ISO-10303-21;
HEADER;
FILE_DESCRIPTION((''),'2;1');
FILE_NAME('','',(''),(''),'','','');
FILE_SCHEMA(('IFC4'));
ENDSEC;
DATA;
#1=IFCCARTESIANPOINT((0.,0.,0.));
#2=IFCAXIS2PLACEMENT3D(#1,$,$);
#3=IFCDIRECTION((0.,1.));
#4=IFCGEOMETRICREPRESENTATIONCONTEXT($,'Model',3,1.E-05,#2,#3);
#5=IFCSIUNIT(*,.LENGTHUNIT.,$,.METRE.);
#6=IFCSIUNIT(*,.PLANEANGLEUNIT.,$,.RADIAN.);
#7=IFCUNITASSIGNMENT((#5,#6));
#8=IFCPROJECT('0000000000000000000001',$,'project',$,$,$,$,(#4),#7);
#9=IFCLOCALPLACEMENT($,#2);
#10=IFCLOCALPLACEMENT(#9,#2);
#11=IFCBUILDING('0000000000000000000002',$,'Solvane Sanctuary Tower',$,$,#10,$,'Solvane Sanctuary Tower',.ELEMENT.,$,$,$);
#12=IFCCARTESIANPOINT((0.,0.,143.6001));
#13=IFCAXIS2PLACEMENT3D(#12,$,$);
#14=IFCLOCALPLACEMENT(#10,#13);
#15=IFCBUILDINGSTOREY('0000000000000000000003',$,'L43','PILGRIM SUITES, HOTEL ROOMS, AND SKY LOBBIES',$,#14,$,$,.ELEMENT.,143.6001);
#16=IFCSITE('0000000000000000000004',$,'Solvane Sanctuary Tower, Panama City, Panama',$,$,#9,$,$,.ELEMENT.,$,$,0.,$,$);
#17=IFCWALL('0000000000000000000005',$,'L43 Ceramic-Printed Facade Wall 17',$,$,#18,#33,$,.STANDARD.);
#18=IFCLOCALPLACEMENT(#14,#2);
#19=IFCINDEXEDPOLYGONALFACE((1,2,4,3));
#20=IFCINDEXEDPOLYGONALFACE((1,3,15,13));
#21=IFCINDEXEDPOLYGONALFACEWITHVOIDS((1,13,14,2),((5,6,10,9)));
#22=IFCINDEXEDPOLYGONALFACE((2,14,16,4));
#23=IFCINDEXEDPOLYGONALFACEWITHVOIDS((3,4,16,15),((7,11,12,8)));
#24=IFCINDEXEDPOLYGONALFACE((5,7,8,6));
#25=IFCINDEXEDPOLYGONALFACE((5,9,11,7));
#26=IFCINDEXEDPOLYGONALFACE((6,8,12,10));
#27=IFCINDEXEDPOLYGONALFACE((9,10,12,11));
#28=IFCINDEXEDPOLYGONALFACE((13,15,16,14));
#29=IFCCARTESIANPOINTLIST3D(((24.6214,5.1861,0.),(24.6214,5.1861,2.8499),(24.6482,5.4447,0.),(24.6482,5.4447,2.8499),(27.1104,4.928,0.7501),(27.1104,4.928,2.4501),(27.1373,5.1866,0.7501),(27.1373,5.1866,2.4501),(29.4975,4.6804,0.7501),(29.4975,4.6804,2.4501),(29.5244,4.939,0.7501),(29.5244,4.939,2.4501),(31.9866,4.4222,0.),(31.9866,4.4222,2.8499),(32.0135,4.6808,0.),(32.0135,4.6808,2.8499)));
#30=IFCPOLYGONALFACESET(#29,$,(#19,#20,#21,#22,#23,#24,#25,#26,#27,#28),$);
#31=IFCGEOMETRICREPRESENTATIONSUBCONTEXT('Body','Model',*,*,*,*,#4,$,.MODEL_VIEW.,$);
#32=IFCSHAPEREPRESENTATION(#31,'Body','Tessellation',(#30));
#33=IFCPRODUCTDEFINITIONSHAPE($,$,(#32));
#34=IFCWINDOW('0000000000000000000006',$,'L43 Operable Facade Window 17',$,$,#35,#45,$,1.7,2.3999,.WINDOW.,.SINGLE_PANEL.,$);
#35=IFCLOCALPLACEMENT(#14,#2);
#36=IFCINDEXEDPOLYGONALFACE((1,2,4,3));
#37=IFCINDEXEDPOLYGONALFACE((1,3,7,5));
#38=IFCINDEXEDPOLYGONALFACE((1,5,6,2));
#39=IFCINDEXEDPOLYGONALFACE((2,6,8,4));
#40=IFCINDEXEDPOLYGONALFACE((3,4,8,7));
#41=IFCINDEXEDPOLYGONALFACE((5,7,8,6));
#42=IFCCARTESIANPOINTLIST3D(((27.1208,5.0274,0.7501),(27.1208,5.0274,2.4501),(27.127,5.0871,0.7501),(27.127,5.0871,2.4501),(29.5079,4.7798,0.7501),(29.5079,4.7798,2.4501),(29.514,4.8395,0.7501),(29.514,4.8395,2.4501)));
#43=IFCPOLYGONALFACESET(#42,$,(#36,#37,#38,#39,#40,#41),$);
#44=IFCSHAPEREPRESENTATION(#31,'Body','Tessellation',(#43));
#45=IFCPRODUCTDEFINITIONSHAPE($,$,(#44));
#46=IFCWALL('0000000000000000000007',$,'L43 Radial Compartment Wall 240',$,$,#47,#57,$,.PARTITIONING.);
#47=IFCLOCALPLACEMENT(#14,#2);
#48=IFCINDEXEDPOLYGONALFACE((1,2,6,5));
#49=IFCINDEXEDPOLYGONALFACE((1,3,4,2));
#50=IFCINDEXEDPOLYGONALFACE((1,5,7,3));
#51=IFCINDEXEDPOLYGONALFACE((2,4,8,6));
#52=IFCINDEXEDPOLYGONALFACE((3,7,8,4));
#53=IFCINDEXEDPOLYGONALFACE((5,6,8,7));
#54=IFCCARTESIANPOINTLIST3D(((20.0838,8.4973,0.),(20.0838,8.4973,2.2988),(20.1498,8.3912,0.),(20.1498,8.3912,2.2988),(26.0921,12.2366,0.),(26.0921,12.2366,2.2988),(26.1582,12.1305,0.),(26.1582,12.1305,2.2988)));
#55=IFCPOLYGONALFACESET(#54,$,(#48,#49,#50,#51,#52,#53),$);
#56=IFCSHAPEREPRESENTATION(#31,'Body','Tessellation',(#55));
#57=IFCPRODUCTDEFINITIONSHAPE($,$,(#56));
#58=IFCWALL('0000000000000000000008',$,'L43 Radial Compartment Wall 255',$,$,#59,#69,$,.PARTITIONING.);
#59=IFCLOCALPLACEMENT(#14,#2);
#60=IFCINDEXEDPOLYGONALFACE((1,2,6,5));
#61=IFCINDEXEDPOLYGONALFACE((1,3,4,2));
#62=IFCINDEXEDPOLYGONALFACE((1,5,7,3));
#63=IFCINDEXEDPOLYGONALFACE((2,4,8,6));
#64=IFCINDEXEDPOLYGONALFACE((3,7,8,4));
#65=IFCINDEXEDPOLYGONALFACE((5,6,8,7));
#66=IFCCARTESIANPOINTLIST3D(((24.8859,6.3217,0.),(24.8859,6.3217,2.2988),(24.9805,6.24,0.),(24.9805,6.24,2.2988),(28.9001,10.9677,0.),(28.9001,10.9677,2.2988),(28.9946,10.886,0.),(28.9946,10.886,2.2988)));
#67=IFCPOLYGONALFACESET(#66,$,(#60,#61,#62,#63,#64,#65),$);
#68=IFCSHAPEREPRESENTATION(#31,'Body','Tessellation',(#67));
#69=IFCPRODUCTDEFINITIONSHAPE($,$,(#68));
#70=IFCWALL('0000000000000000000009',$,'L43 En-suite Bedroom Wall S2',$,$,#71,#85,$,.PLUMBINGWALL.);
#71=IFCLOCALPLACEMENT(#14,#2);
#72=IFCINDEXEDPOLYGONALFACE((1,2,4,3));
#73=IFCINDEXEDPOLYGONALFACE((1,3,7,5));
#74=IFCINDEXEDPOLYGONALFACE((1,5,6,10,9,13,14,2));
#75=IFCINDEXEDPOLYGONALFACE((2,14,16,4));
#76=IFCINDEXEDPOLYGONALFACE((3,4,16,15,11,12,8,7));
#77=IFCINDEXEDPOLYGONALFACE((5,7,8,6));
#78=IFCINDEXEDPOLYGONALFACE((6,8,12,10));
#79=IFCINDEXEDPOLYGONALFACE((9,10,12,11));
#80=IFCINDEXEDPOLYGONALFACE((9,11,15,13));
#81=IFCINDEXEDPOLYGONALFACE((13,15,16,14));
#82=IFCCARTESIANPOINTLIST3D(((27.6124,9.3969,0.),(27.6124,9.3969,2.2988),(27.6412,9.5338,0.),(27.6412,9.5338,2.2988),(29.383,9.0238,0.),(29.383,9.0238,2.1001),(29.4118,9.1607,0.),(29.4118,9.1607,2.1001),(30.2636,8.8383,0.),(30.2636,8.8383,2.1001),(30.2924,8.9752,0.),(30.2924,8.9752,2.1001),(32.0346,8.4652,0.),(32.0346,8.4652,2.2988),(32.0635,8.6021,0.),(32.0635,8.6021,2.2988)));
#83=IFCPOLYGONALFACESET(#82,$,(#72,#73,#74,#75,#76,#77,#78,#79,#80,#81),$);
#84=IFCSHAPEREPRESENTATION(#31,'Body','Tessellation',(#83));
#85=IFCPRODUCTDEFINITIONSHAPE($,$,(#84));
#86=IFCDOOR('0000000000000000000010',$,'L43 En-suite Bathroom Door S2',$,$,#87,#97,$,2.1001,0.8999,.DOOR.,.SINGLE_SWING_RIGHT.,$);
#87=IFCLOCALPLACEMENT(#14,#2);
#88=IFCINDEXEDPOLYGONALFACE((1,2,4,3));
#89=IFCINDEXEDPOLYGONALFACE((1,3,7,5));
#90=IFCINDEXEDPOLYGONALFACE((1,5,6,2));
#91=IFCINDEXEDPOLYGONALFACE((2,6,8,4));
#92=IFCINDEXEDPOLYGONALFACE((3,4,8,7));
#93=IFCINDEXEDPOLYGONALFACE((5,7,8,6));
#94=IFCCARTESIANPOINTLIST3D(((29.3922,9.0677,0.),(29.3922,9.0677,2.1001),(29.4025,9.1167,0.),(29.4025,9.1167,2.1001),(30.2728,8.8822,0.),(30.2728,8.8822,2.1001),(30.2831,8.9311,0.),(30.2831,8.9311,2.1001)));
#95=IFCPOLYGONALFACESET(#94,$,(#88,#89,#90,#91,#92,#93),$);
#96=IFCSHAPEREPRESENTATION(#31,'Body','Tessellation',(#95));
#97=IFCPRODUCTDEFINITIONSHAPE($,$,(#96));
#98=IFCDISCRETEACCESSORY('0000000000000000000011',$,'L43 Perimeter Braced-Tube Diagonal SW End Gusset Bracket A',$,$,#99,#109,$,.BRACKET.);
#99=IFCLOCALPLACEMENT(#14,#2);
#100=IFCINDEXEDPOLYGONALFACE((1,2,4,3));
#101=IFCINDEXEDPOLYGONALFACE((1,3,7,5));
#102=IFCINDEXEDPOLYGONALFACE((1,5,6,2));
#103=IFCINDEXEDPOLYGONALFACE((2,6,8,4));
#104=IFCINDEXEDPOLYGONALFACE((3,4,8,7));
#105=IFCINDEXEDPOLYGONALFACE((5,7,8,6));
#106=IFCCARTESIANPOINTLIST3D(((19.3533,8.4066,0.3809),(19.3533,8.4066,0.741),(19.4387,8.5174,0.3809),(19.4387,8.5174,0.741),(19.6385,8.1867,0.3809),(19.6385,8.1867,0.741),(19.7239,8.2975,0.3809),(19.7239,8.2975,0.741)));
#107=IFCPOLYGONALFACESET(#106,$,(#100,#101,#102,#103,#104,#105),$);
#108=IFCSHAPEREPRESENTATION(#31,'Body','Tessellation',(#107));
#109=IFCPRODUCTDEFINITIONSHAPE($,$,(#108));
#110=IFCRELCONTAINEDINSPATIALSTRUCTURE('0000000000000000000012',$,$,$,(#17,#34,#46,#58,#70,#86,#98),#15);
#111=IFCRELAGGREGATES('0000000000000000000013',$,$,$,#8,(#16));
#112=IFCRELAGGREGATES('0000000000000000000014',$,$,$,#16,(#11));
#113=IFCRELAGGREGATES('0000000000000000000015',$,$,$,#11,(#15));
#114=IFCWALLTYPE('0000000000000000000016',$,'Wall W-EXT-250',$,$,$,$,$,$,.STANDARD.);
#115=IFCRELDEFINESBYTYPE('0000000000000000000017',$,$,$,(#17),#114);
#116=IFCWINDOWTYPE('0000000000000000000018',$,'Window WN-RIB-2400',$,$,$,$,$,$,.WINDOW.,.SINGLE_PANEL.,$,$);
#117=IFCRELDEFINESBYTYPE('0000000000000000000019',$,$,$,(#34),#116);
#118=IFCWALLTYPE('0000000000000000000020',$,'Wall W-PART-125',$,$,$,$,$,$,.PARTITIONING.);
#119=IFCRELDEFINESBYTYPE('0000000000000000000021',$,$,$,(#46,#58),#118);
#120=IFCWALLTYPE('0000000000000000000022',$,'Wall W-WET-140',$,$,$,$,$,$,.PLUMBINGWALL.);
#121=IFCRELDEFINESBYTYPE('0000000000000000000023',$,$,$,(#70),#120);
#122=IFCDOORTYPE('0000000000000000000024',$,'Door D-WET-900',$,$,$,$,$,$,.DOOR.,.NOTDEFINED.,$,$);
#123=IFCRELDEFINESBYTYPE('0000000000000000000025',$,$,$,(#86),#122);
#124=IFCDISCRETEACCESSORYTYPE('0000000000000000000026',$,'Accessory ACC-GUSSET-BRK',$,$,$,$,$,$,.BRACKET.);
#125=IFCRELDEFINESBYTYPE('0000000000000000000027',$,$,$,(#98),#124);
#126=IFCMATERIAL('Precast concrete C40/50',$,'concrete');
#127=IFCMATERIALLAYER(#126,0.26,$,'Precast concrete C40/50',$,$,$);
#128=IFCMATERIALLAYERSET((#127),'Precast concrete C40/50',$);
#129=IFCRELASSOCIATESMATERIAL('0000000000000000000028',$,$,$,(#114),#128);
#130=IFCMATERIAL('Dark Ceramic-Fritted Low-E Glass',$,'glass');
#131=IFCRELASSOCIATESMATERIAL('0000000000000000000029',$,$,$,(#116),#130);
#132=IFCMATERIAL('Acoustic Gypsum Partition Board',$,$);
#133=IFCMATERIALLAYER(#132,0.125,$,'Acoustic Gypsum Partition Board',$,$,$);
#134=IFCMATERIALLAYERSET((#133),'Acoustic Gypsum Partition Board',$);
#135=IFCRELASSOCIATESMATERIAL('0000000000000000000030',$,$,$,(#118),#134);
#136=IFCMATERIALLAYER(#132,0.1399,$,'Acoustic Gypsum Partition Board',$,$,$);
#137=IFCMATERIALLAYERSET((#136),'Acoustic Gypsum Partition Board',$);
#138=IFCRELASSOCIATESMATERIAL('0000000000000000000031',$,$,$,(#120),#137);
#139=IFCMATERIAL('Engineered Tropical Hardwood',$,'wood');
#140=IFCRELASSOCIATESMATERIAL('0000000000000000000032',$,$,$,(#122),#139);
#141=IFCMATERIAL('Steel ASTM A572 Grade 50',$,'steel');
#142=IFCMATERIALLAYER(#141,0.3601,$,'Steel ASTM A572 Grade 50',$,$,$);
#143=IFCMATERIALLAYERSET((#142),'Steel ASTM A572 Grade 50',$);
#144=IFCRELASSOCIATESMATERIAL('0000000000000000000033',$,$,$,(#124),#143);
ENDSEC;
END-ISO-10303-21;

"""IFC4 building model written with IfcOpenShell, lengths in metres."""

from ifc_helpers import new_model, si_unit, direction, frame, frame_2d, origin, origin_2d, place, context, subcontext, project, spatial, rectangle, extrude, material, layer, layer_set, type_object, element, fill, save


model = new_model("IFC4")

# Units and contexts
model_context = context("Model", 3, precision=1e-05, world=origin(), true_north=direction((0.0, 1.0)))
body_context = subcontext(model_context, "Body", "Model", "MODEL_VIEW")
ifc_project = project(units=[si_unit("LENGTHUNIT", "METRE"), si_unit("PLANEANGLEUNIT", "RADIAN")], contexts=[model_context])

# Site, building, storey
site_placement = place(None, origin())
site = spatial("IfcSite", under=ifc_project, at=site_placement, Name="Solvane Sanctuary Tower, Panama City, Panama", CompositionType="ELEMENT", RefElevation=0.0)
building_placement = place(site_placement, origin())
building = spatial("IfcBuilding", under=site, at=building_placement, Name="Solvane Sanctuary Tower", LongName="Solvane Sanctuary Tower", CompositionType="ELEMENT")
storey_placement = place(building_placement, frame((0.0, 0.0, 143.6001)))
storey = spatial("IfcBuildingStorey", under=building, at=storey_placement, Name="L43", Description="PILGRIM SUITES, HOTEL ROOMS, AND SKY LOBBIES", CompositionType="ELEMENT", Elevation=143.6001)

# Shared definitions
ifc_material_1 = material(Name="Acoustic Gypsum Partition Board")

# Shared definitions
ifc_material_2 = material(Name="Engineered Tropical Hardwood", Category="wood")

# Wall, opening, window
ifc_material_3 = material(Name="Precast concrete C40/50", Category="concrete")
ifc_layer_1 = layer(ifc_material_3, 0.26, Name="Precast concrete C40/50")
ifc_layer_set_1 = layer_set([ifc_layer_1], Name="Precast concrete C40/50")
wall_type_1 = type_object("IfcWallType", Name="Wall W-EXT-250", PredefinedType="STANDARD", material=ifc_layer_set_1)
ifc_material_4 = material(Name="Dark Ceramic-Fritted Low-E Glass", Category="glass")
wall_1_placement = place(storey_placement, frame((24.6348, 5.3154, 0.0), z_axis=(0.0, 0.0, 1.0), x_axis=(0.994664, -0.103166, 0.0)))
wall_1 = element("IfcWall", 1, at=wall_1_placement, inside=storey, type_object=wall_type_1, Name="L43 Ceramic-Printed Facade Wall 17", PredefinedType="STANDARD", context=body_context, shape_type="SweptSolid", body=[
    extrude(rectangle(XDim=7.4048, YDim=0.26, at=frame_2d((3.7024, 0.0))), origin(), (0.0, 0.0, 1.0), 2.8499),
])
opening_1_placement = place(wall_1_placement, frame((2.5024, 0.0, 0.75)))
opening_1 = element("IfcOpeningElement", 2, at=opening_1_placement, cuts=wall_1, PredefinedType="OPENING", context=body_context, shape_type="SweptSolid", body=[
    extrude(rectangle(XDim=2.3999, YDim=1.7, at=frame_2d((1.2, 0.8501))), frame((0.0, 0.1399, 0.0), z_axis=(0.0, -1.0, 0.0), x_axis=(1.0, 0.0, 0.0)), (0.0, 0.0, 1.0), 0.28),
])
window_type_1 = type_object("IfcWindowType", Name="Window WN-RIB-2400", PartitioningType="SINGLE_PANEL", PredefinedType="WINDOW", material=ifc_material_4)
window_1_placement = place(opening_1_placement, origin())
window_1 = element("IfcWindow", 3, at=window_1_placement, inside=storey, type_object=window_type_1, Name="L43 Operable Facade Window 17", OverallHeight=1.7, OverallWidth=2.3999, PartitioningType="SINGLE_PANEL", PredefinedType="WINDOW", context=body_context, shape_type="SweptSolid", body=[
    extrude(rectangle(XDim=2.3999, YDim=1.7, at=frame_2d((1.2, 0.8501))), frame((0.0, 0.03, 0.0), z_axis=(0.0, -1.0, 0.0), x_axis=(1.0, 0.0, 0.0)), (0.0, 0.0, 1.0), 0.0601),
])
fill(opening_1, window_1)

# Walls
ifc_layer_2 = layer(ifc_material_1, 0.125, Name="Acoustic Gypsum Partition Board")
ifc_layer_set_2 = layer_set([ifc_layer_2], Name="Acoustic Gypsum Partition Board")
wall_type_2 = type_object("IfcWallType", Name="Wall W-PART-125", PredefinedType="PARTITIONING", material=ifc_layer_set_2)
wall_2_placement = place(storey_placement, frame((26.1252, 12.1836, 0.0), z_axis=(0.0, 0.0, 1.0), x_axis=(-0.849008, -0.528379, 0.0)))
element("IfcWall", 4, at=wall_2_placement, inside=storey, type_object=wall_type_2, Name="L43 Radial Compartment Wall 240", PredefinedType="PARTITIONING", context=body_context, shape_type="SweptSolid", body=[
    extrude(rectangle(XDim=7.0769, YDim=0.125, at=frame_2d((3.5386, 0.0))), origin(), (0.0, 0.0, 1.0), 2.2988),
])
wall_3_placement = place(storey_placement, frame((28.9473, 10.9268, 0.0), z_axis=(0.0, 0.0, 1.0), x_axis=(-0.653779, -0.756685, 0.0)))
element("IfcWall", 5, at=wall_3_placement, inside=storey, type_object=wall_type_2, Name="L43 Radial Compartment Wall 255", PredefinedType="PARTITIONING", context=body_context, shape_type="SweptSolid", body=[
    extrude(rectangle(XDim=6.1399, YDim=0.125, at=frame_2d((3.0698, 0.0))), origin(), (0.0, 0.0, 1.0), 2.2988),
])

# Wall, opening, door
ifc_layer_3 = layer(ifc_material_1, 0.1399, Name="Acoustic Gypsum Partition Board")
ifc_layer_set_3 = layer_set([ifc_layer_3], Name="Acoustic Gypsum Partition Board")
wall_type_3 = type_object("IfcWallType", Name="Wall W-WET-140", PredefinedType="PLUMBINGWALL", material=ifc_layer_set_3)
wall_4_placement = place(storey_placement, frame((27.6267, 9.4653, 0.0), z_axis=(0.0, 0.0, 1.0), x_axis=(0.97852, -0.206152, 0.0)))
wall_4 = element("IfcWall", 6, at=wall_4_placement, inside=storey, type_object=wall_type_3, Name="L43 En-suite Bedroom Wall S2", PredefinedType="PLUMBINGWALL", context=body_context, shape_type="SweptSolid", body=[
    extrude(rectangle(XDim=4.5193, YDim=0.1399, at=frame_2d((2.2598, 0.0))), origin(), (0.0, 0.0, 1.0), 2.2988),
])
opening_2_placement = place(wall_4_placement, frame((1.8096, 0.0, 0.0)))
opening_2 = element("IfcOpeningElement", 7, at=opening_2_placement, cuts=wall_4, PredefinedType="OPENING", context=body_context, shape_type="SweptSolid", body=[
    extrude(rectangle(XDim=0.8999, YDim=2.1001, at=frame_2d((0.45, 1.05))), frame((0.0, 0.0798, 0.0), z_axis=(0.0, -1.0, 0.0), x_axis=(1.0, 0.0, 0.0)), (0.0, 0.0, 1.0), 0.1599),
])
door_type_1 = type_object("IfcDoorType", Name="Door D-WET-900", OperationType="NOTDEFINED", PredefinedType="DOOR", material=ifc_material_2)
door_1_placement = place(opening_2_placement, origin())
door_1 = element("IfcDoor", 8, at=door_1_placement, inside=storey, type_object=door_type_1, Name="L43 En-suite Bathroom Door S2", OperationType="SINGLE_SWING_RIGHT", OverallHeight=2.1001, OverallWidth=0.8999, PredefinedType="DOOR", context=body_context, shape_type="SweptSolid", body=[
    extrude(rectangle(XDim=0.8999, YDim=2.1001, at=frame_2d((0.45, 1.05))), frame((0.0, 0.0249, 0.0), z_axis=(0.0, -1.0, 0.0), x_axis=(1.0, 0.0, 0.0)), (0.0, 0.0, 1.0), 0.05),
])
fill(opening_2, door_1)

# Discrete accessory
ifc_material_5 = material(Name="Steel ASTM A572 Grade 50", Category="steel")
ifc_layer_4 = layer(ifc_material_5, 0.3601, Name="Steel ASTM A572 Grade 50")
ifc_layer_set_4 = layer_set([ifc_layer_4], Name="Steel ASTM A572 Grade 50")
discrete_accessory_type = type_object("IfcDiscreteAccessoryType", Name="Accessory ACC-GUSSET-BRK", PredefinedType="BRACKET", material=ifc_layer_set_4)
discrete_accessory_placement = place(storey_placement, frame((19.5386, 8.3521, 0.3809), z_axis=(0.0, 0.0, 1.0), x_axis=(-0.792077, 0.610422, 0.0)))
element("IfcDiscreteAccessory", 9, at=discrete_accessory_placement, inside=storey, type_object=discrete_accessory_type, Name="L43 Perimeter Braced-Tube Diagonal SW End Gusset Bracket A", PredefinedType="BRACKET", context=body_context, shape_type="SweptSolid", body=[
    extrude(rectangle(XDim=0.3601, YDim=0.1399, at=origin_2d()), origin(), (0.0, 0.0, 1.0), 0.3601),
])

save(model, "model.ifc")
